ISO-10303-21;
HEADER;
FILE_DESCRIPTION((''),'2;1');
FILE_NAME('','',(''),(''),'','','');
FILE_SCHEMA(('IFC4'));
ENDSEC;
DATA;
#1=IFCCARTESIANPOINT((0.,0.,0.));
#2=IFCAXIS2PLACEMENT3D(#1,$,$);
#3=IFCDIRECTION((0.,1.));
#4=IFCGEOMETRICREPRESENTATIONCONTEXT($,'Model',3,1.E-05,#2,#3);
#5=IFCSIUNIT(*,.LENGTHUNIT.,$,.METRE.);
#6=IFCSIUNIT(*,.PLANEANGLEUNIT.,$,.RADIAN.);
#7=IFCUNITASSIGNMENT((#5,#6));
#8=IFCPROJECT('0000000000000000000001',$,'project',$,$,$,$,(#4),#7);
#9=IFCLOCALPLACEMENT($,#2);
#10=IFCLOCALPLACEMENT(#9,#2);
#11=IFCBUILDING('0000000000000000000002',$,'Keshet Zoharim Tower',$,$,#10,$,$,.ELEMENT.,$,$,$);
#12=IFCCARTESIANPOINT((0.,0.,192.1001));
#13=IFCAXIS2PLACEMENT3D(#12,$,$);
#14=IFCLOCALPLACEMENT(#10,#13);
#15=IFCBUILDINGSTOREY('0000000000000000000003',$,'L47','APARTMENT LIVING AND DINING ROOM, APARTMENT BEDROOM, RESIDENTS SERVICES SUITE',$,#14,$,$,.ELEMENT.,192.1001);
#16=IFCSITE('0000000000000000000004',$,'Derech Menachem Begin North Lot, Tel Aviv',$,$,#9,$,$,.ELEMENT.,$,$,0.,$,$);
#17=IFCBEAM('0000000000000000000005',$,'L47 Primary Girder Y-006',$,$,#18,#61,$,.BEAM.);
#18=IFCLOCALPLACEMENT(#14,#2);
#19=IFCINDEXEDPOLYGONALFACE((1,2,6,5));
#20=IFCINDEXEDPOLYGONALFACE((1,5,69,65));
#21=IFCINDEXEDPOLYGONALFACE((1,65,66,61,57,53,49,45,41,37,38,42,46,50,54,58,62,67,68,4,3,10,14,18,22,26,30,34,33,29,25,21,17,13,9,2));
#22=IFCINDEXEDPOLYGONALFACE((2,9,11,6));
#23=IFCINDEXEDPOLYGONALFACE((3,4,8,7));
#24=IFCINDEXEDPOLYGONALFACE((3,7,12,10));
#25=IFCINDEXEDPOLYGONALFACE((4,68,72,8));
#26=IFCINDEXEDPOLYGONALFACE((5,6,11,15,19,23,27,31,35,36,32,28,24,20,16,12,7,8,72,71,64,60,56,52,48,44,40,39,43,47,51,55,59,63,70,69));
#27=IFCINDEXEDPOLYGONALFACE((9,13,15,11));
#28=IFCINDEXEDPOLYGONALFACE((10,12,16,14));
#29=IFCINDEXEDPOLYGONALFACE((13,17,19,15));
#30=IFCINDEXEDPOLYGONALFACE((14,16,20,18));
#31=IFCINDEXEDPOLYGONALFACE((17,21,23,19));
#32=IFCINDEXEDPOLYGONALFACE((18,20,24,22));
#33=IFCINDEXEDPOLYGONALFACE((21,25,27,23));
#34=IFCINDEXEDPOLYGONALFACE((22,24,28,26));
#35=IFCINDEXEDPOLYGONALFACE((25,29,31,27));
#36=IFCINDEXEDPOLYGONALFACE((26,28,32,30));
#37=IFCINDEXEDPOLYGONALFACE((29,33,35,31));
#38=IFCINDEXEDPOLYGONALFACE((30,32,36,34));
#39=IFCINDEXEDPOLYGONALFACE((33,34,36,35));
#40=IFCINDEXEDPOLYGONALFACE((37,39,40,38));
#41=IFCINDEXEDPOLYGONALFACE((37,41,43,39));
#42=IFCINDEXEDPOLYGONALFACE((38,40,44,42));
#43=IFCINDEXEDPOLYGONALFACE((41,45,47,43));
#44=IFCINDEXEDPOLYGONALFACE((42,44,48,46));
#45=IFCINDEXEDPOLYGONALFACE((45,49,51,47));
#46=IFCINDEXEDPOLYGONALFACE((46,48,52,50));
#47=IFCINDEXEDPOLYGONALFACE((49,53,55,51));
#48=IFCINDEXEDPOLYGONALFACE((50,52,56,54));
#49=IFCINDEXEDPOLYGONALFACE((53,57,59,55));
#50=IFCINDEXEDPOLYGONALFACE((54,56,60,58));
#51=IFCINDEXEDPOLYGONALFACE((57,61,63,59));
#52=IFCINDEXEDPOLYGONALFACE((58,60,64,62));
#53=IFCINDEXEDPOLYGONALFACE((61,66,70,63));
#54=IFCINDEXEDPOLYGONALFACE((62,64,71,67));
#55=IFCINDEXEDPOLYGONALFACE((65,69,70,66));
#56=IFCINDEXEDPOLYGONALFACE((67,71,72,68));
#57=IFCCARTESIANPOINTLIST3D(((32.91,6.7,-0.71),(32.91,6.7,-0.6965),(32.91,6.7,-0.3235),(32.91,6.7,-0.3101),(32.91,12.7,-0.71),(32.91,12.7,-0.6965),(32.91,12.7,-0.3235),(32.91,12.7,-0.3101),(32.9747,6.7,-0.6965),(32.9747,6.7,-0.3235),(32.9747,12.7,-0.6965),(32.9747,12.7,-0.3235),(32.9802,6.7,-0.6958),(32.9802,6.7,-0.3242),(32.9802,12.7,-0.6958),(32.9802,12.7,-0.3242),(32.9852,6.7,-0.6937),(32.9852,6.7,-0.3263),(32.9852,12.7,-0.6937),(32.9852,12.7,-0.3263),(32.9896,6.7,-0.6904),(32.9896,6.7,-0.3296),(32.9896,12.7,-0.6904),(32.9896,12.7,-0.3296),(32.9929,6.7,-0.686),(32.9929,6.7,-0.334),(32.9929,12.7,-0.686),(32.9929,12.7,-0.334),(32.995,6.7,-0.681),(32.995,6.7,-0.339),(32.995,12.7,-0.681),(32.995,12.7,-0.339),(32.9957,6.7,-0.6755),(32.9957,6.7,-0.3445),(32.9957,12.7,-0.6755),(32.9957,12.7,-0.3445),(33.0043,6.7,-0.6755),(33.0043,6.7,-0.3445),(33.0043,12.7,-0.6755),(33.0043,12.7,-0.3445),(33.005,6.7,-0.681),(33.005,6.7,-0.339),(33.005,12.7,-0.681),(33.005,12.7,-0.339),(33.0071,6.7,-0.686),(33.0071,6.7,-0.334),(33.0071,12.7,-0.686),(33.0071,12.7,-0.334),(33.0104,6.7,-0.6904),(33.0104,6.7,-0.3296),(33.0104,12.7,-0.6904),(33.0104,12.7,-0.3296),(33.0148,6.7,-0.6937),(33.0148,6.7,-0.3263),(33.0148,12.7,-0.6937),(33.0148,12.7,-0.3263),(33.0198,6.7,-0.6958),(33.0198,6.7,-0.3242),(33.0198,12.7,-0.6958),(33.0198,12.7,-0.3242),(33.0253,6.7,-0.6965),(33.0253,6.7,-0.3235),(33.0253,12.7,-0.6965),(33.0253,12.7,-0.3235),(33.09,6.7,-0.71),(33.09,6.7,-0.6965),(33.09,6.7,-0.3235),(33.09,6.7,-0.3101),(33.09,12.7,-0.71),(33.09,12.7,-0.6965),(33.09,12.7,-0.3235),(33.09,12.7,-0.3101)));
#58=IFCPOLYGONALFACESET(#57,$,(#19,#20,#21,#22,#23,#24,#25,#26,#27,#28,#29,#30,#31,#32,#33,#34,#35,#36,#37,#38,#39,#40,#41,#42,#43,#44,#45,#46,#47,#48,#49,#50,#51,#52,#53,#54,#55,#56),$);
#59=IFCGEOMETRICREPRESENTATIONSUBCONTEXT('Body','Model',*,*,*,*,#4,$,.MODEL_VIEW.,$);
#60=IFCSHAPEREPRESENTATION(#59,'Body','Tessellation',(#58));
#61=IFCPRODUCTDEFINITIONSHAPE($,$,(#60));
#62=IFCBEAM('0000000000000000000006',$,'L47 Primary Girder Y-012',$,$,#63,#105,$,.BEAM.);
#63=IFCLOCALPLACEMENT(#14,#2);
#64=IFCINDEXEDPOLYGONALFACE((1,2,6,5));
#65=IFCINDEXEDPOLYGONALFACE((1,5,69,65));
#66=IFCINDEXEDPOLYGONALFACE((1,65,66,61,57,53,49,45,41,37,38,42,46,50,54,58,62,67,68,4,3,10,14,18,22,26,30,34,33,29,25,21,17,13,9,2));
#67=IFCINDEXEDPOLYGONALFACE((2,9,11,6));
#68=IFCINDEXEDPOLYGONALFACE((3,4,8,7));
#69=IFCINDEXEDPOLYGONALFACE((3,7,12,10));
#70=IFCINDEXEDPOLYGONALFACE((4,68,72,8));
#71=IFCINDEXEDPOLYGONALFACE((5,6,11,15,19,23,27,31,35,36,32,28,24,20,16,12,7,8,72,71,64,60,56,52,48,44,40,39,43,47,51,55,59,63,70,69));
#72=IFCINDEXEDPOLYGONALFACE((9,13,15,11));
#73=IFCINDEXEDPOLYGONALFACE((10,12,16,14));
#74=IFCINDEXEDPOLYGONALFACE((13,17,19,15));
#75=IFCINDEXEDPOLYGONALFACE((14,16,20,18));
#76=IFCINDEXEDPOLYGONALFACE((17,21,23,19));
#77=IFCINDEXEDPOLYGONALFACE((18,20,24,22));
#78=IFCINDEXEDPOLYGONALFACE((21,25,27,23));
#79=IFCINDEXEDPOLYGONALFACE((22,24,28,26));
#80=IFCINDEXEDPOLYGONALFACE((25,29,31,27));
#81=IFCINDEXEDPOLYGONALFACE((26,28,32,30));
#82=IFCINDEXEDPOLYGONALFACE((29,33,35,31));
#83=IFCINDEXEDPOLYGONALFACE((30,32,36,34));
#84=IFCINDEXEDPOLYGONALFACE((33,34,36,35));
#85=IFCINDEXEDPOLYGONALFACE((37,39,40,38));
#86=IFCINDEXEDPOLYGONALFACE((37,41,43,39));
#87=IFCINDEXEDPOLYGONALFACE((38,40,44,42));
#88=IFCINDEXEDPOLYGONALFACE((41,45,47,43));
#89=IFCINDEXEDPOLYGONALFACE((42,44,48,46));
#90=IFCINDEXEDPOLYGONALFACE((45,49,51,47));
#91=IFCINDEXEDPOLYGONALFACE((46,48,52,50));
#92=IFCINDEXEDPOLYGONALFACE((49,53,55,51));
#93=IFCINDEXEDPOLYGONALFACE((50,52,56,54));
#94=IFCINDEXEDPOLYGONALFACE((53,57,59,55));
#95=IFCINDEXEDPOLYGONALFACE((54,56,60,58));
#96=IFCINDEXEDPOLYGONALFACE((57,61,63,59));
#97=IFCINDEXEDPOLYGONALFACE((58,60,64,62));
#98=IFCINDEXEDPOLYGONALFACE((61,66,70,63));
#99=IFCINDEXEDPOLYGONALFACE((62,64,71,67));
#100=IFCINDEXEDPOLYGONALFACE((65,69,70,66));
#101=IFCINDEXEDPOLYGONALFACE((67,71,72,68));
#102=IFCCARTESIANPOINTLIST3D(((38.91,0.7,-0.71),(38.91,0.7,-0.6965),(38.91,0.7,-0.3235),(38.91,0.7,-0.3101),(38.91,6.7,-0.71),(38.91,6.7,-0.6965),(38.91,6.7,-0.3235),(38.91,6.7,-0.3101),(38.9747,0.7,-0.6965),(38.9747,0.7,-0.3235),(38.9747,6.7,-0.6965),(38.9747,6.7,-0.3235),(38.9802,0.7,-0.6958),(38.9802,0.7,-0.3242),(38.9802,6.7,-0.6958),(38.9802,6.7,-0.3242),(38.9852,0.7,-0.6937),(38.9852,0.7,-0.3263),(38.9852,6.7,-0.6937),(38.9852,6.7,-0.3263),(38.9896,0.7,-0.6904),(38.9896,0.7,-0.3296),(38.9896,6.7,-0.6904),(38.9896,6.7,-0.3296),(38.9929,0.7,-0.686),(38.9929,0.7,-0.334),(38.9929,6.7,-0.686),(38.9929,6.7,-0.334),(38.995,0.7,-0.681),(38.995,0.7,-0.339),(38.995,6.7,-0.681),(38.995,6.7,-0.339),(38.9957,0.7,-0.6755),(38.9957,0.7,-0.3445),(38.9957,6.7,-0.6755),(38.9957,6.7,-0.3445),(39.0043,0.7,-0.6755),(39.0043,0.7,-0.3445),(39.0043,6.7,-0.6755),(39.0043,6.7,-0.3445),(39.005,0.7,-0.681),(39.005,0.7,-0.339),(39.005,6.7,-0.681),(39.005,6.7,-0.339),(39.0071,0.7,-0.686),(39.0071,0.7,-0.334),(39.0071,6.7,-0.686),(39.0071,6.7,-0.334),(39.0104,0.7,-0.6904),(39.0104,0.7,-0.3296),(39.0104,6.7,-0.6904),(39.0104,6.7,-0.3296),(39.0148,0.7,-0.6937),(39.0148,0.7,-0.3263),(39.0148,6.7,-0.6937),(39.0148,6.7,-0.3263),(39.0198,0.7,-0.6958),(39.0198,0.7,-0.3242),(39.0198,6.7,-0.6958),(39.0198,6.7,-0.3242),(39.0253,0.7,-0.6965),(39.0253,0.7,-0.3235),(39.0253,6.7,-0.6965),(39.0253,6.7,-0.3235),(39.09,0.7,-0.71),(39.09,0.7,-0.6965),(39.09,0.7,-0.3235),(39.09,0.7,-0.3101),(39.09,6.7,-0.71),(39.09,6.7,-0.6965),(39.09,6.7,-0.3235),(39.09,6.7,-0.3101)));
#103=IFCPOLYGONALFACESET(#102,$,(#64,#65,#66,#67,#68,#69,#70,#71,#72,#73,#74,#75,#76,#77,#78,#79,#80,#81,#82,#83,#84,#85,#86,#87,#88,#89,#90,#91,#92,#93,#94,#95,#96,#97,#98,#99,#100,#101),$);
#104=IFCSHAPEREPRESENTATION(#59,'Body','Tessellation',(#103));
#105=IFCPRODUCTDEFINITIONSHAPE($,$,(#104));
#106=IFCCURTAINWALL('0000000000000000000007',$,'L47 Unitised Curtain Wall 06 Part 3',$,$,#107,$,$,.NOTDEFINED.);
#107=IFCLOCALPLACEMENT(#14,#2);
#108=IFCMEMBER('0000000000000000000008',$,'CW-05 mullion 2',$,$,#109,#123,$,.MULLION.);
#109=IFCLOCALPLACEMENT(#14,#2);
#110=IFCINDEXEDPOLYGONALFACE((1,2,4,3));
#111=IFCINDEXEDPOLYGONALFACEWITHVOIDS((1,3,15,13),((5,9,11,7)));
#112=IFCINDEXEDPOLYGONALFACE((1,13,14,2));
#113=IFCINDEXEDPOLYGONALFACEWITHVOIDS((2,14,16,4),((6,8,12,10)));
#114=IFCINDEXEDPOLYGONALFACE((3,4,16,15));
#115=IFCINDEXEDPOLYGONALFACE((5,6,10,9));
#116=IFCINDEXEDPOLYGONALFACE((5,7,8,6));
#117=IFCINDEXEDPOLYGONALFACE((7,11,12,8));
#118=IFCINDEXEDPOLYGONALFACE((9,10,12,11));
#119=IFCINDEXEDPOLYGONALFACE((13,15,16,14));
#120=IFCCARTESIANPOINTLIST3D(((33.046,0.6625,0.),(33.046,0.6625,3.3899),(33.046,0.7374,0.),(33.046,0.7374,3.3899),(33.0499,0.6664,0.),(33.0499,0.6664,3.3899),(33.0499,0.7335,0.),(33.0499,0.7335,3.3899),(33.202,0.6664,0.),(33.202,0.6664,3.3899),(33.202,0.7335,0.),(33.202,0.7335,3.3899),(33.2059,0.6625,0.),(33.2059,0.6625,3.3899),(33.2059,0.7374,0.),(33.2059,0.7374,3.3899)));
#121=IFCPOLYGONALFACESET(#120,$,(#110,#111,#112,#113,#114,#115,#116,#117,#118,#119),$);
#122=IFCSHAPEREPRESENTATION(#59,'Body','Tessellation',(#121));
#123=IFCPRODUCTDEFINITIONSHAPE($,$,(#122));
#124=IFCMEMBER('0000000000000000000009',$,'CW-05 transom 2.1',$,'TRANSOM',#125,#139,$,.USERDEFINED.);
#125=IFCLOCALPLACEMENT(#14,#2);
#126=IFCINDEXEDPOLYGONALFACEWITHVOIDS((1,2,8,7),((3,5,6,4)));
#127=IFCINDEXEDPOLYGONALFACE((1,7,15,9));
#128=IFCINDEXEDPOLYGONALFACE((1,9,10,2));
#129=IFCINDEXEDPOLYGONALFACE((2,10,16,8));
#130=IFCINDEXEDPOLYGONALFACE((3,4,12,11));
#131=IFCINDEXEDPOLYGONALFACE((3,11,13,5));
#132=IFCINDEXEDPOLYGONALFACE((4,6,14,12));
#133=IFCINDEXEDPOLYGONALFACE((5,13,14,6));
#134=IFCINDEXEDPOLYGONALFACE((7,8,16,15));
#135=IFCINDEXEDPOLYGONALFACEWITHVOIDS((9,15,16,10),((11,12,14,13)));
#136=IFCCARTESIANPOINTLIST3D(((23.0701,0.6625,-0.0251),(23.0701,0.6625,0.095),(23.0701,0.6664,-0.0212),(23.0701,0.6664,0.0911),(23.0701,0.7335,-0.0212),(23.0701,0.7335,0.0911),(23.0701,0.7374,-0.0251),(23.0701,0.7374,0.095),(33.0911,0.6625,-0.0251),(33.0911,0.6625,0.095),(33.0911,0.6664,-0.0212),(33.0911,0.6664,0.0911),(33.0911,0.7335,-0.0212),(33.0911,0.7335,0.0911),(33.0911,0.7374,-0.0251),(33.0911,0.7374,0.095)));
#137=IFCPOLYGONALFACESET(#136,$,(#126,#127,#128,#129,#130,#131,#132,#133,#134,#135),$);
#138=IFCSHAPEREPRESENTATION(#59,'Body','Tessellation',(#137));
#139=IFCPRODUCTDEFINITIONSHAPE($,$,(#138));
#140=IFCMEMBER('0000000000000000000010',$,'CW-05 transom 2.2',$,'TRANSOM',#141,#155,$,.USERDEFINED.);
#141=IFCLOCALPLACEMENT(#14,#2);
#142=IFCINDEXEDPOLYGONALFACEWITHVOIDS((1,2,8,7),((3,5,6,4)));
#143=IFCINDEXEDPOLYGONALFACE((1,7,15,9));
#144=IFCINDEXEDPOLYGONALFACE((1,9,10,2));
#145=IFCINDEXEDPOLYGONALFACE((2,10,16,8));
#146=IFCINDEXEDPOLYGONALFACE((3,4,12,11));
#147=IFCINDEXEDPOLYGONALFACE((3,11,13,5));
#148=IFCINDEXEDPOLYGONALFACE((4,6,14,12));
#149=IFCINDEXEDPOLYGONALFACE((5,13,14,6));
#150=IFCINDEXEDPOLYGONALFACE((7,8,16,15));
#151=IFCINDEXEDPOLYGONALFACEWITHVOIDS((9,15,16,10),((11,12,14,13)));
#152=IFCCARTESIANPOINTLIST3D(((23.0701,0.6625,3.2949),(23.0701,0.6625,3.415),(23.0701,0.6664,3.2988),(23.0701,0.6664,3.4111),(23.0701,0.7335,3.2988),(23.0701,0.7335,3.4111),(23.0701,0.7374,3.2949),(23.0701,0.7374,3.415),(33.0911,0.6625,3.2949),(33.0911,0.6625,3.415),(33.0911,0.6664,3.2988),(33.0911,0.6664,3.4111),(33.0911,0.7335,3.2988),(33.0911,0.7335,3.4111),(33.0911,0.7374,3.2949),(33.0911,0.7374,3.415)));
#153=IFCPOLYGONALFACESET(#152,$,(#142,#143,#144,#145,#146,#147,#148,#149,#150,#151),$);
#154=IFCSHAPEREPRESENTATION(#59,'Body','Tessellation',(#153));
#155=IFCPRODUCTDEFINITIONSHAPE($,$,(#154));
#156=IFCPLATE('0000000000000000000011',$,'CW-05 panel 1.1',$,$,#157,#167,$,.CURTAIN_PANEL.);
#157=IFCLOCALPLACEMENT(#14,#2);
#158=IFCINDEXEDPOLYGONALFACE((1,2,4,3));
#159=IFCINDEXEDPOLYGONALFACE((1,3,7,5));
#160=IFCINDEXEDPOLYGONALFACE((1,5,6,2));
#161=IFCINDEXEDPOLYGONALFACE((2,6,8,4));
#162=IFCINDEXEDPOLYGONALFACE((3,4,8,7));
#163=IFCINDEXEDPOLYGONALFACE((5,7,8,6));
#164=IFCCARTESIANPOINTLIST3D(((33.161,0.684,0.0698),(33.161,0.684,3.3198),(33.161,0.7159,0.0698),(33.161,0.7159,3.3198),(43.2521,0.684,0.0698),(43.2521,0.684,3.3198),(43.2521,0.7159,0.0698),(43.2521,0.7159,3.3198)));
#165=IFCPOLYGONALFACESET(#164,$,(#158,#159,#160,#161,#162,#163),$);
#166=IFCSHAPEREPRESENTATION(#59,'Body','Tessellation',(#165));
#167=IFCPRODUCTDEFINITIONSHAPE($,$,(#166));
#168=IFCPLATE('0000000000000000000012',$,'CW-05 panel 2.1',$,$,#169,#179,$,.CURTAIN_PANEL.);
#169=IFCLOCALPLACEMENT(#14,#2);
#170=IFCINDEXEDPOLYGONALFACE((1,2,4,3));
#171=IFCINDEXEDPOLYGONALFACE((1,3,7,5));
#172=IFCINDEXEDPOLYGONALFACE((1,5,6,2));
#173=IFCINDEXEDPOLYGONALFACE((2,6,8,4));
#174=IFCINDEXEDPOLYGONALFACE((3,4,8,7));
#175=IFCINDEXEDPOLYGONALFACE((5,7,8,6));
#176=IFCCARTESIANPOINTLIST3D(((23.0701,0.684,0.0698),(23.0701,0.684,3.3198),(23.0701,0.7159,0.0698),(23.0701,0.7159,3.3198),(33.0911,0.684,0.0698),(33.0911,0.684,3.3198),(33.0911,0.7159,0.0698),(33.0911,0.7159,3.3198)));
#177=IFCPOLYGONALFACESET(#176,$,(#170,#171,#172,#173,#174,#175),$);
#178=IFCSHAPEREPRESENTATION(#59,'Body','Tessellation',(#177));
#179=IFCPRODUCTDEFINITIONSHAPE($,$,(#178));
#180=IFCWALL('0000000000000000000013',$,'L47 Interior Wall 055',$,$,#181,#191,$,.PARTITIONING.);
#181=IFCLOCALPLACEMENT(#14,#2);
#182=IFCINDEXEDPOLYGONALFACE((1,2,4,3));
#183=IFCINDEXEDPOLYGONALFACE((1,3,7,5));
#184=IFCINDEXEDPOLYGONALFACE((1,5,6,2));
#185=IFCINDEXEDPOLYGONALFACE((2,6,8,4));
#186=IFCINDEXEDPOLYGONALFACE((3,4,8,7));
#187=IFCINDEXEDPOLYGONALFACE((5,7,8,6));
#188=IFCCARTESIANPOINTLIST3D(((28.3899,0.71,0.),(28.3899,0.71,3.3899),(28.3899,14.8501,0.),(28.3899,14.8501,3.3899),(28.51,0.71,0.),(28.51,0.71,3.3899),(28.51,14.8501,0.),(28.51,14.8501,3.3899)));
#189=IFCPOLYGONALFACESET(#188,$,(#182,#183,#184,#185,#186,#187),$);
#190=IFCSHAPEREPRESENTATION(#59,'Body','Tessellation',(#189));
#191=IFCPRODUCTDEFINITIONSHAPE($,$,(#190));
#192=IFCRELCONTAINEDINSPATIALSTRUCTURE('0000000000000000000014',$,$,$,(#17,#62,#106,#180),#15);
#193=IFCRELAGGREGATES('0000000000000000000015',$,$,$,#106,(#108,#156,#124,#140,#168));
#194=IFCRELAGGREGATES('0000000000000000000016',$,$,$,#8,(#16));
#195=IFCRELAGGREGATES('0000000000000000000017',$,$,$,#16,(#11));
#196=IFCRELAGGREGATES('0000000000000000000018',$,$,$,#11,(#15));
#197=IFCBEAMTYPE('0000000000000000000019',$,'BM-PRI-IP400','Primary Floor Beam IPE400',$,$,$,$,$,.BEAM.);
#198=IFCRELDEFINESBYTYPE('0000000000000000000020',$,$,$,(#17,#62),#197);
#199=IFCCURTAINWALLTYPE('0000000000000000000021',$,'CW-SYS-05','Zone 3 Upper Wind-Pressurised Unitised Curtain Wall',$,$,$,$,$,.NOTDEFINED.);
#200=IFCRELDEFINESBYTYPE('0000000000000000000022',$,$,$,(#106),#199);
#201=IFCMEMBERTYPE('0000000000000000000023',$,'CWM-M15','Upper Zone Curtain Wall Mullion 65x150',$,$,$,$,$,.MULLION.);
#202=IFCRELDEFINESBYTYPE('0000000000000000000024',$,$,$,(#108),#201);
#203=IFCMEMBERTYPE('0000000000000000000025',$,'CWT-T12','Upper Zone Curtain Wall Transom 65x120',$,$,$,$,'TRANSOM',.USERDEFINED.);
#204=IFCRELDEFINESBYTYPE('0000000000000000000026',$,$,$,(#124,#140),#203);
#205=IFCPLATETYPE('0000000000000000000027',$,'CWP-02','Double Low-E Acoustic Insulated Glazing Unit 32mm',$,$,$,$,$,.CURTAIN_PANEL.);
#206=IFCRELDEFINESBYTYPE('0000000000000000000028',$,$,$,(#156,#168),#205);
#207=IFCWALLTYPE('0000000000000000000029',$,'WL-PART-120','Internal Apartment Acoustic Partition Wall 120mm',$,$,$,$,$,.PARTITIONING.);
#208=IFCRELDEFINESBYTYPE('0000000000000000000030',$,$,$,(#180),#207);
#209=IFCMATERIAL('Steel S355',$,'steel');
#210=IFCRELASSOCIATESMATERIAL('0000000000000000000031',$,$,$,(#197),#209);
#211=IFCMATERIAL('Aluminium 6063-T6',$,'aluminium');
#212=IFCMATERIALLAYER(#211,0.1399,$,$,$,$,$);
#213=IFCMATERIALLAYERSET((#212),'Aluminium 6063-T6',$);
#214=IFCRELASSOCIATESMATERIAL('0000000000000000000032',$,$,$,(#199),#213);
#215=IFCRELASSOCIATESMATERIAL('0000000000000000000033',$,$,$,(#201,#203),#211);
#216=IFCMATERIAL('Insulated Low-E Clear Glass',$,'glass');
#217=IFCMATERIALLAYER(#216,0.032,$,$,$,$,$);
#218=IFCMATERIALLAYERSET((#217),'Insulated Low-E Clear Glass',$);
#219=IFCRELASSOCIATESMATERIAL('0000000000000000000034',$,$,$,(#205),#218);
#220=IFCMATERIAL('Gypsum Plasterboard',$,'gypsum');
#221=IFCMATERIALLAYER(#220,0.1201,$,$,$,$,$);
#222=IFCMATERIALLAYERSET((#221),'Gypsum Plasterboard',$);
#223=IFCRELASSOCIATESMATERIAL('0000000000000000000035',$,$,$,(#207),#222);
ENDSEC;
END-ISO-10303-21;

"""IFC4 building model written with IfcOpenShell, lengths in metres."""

from ifc_helpers import new_model, si_unit, direction, frame, frame_2d, origin, origin_2d, place, context, subcontext, project, spatial, rectangle, hollow_rectangle, i_section, extrude, material, layer, layer_set, material_profile, profile_set, type_object, element, aggregate, save


model = new_model("IFC4")

# Units and contexts
model_context = context("Model", 3, precision=1e-05, world=origin(), true_north=direction((0.0, 1.0)))
body_context = subcontext(model_context, "Body", "Model", "MODEL_VIEW")
ifc_project = project(units=[si_unit("LENGTHUNIT", "METRE"), si_unit("PLANEANGLEUNIT", "RADIAN")], contexts=[model_context])

# Site, building, storey
site_placement = place(None, origin())
site = spatial("IfcSite", under=ifc_project, at=site_placement, Name="Derech Menachem Begin North Lot, Tel Aviv", CompositionType="ELEMENT", RefElevation=0.0)
building_placement = place(site_placement, origin())
building = spatial("IfcBuilding", under=site, at=building_placement, Name="Keshet Zoharim Tower", CompositionType="ELEMENT")
storey_placement = place(building_placement, frame((0.0, 0.0, 192.1001)))
storey = spatial("IfcBuildingStorey", under=building, at=storey_placement, Name="L47", Description="APARTMENT LIVING AND DINING ROOM, APARTMENT BEDROOM, RESIDENTS SERVICES SUITE", CompositionType="ELEMENT", Elevation=192.1001)

# Shared definitions
ifc_material_1 = material(Name="Steel S355", Category="steel")

# Beams
ifc_material_profile_1 = material_profile(ifc_material_1, i_section(OverallWidth=0.1799, OverallDepth=0.3999, WebThickness=0.0085, FlangeThickness=0.0134, FilletRadius=0.021, at=origin_2d()), Name="IPE400")
ifc_profile_set_1 = profile_set([ifc_material_profile_1], Name="Steel S355")
beam_type_1 = type_object("IfcBeamType", Name="BM-PRI-IP400", Description="Primary Floor Beam IPE400", PredefinedType="BEAM", material=ifc_profile_set_1)
for number, where, z_axis, x_axis, name in (
    (1, (33.0, 6.7, -0.51), (0.0, 1.0, 0.0), (-1.0, 0.0, 0.0), "L47 Primary Girder Y-006"),
    (2, (39.0, 0.7, -0.51), (0.0, 1.0, 0.0), (-1.0, 0.0, 0.0), "L47 Primary Girder Y-012"),
):
    element("IfcBeam", number, at=place(storey_placement, frame(where, z_axis=z_axis, x_axis=x_axis)), inside=storey, type_object=beam_type_1, Name=name, PredefinedType="BEAM", context=body_context, shape_type="SweptSolid", body=[
        extrude(i_section(OverallWidth=0.1799, OverallDepth=0.3999, WebThickness=0.0085, FlangeThickness=0.0134, FilletRadius=0.021, at=origin_2d()), origin(), (0.0, 0.0, 1.0), 6.0),
    ])

# Curtain wall, members, plates
ifc_material_2 = material(Name="Aluminium 6063-T6", Category="aluminium")
ifc_layer_1 = layer(ifc_material_2, 0.1399)
ifc_layer_set_1 = layer_set([ifc_layer_1], Name="Aluminium 6063-T6")
curtain_wall_type = type_object("IfcCurtainWallType", Name="CW-SYS-05", Description="Zone 3 Upper Wind-Pressurised Unitised Curtain Wall", PredefinedType="NOTDEFINED", material=ifc_layer_set_1)
curtain_wall_placement = place(storey_placement, origin())
curtain_wall = element("IfcCurtainWall", 3, at=curtain_wall_placement, inside=storey, type_object=curtain_wall_type, Name="L47 Unitised Curtain Wall 06 Part 3", PredefinedType="NOTDEFINED")
ifc_material_profile_2 = material_profile(ifc_material_2, hollow_rectangle(XDim=0.075, YDim=0.1599, WallThickness=0.0039, at=origin_2d()), Name="MUL-75x160")
ifc_profile_set_2 = profile_set([ifc_material_profile_2], Name="Aluminium 6063-T6")
member_type_1 = type_object("IfcMemberType", Name="CWM-M15", Description="Upper Zone Curtain Wall Mullion 65x150", PredefinedType="MULLION", material=ifc_profile_set_2)
member_1_placement = place(storey_placement, frame((33.126, 0.7, 0.0), z_axis=(0.0, 0.0, 1.0), x_axis=(0.0, -1.0, 0.0)))
member_1 = element("IfcMember", 4, at=member_1_placement, type_object=member_type_1, Name="CW-05 mullion 2", PredefinedType="MULLION", context=body_context, shape_type="SweptSolid", body=[
    extrude(hollow_rectangle(XDim=0.075, YDim=0.1599, WallThickness=0.0039, at=origin_2d()), origin(), (0.0, 0.0, 1.0), 3.3899),
])
ifc_material_profile_3 = material_profile(ifc_material_2, hollow_rectangle(XDim=0.075, YDim=0.1201, WallThickness=0.0039, at=origin_2d()), Name="TRN-75x120")
ifc_profile_set_3 = profile_set([ifc_material_profile_3], Name="Aluminium 6063-T6")
member_type_2 = type_object("IfcMemberType", Name="CWT-T12", Description="Upper Zone Curtain Wall Transom 65x120", ElementType="TRANSOM", PredefinedType="USERDEFINED", material=ifc_profile_set_3)
member_2_placement = place(storey_placement, frame((33.0911, 0.7, 0.0349), z_axis=(-1.0, 0.0, 0.0), x_axis=(0.0, -1.0, 0.0)))
member_2 = element("IfcMember", 5, at=member_2_placement, type_object=member_type_2, Name="CW-05 transom 2.1", ObjectType="TRANSOM", PredefinedType="USERDEFINED", context=body_context, shape_type="SweptSolid", body=[
    extrude(hollow_rectangle(XDim=0.075, YDim=0.1201, WallThickness=0.0039, at=origin_2d()), origin(), (0.0, 0.0, 1.0), 10.021),
])
member_3_placement = place(storey_placement, frame((33.0911, 0.7, 3.355), z_axis=(-1.0, 0.0, 0.0), x_axis=(0.0, -1.0, 0.0)))
member_3 = element("IfcMember", 6, at=member_3_placement, type_object=member_type_2, Name="CW-05 transom 2.2", ObjectType="TRANSOM", PredefinedType="USERDEFINED", context=body_context, shape_type="SweptSolid", body=[
    extrude(hollow_rectangle(XDim=0.075, YDim=0.1201, WallThickness=0.0039, at=origin_2d()), origin(), (0.0, 0.0, 1.0), 10.021),
])
ifc_material_3 = material(Name="Insulated Low-E Clear Glass", Category="glass")
ifc_layer_2 = layer(ifc_material_3, 0.032)
ifc_layer_set_2 = layer_set([ifc_layer_2], Name="Insulated Low-E Clear Glass")
plate_type = type_object("IfcPlateType", Name="CWP-02", Description="Double Low-E Acoustic Insulated Glazing Unit 32mm", PredefinedType="CURTAIN_PANEL", material=ifc_layer_set_2)
plate_1_placement = place(storey_placement, frame((38.2065, 0.7, 0.0698), z_axis=(0.0, 0.0, 1.0), x_axis=(-1.0, 0.0, 0.0)))
plate_1 = element("IfcPlate", 7, at=plate_1_placement, type_object=plate_type, Name="CW-05 panel 1.1", PredefinedType="CURTAIN_PANEL", context=body_context, shape_type="SweptSolid", body=[
    extrude(rectangle(XDim=10.0911, YDim=0.032, at=origin_2d()), origin(), (0.0, 0.0, 1.0), 3.25),
])
plate_2_placement = place(storey_placement, frame((28.0806, 0.7, 0.0698), z_axis=(0.0, 0.0, 1.0), x_axis=(-1.0, 0.0, 0.0)))
plate_2 = element("IfcPlate", 8, at=plate_2_placement, type_object=plate_type, Name="CW-05 panel 2.1", PredefinedType="CURTAIN_PANEL", context=body_context, shape_type="SweptSolid", body=[
    extrude(rectangle(XDim=10.021, YDim=0.032, at=origin_2d()), origin(), (0.0, 0.0, 1.0), 3.25),
])
aggregate(curtain_wall, [member_1, plate_1, member_2, member_3, plate_2])

# Wall
ifc_material_4 = material(Name="Gypsum Plasterboard", Category="gypsum")
ifc_layer_3 = layer(ifc_material_4, 0.1201)
ifc_layer_set_3 = layer_set([ifc_layer_3], Name="Gypsum Plasterboard")
wall_type = type_object("IfcWallType", Name="WL-PART-120", Description="Internal Apartment Acoustic Partition Wall 120mm", PredefinedType="PARTITIONING", material=ifc_layer_set_3)
wall_1_placement = place(storey_placement, frame((28.45, 0.71, 0.0), z_axis=(0.0, 0.0, 1.0), x_axis=(0.0, 1.0, 0.0)))
element("IfcWall", 9, at=wall_1_placement, inside=storey, type_object=wall_type, Name="L47 Interior Wall 055", PredefinedType="PARTITIONING", context=body_context, shape_type="SweptSolid", body=[
    extrude(rectangle(XDim=14.1401, YDim=0.1201, at=frame_2d((7.0701, 0.0))), origin(), (0.0, 0.0, 1.0), 3.3899),
])

save(model, "model.ifc")
